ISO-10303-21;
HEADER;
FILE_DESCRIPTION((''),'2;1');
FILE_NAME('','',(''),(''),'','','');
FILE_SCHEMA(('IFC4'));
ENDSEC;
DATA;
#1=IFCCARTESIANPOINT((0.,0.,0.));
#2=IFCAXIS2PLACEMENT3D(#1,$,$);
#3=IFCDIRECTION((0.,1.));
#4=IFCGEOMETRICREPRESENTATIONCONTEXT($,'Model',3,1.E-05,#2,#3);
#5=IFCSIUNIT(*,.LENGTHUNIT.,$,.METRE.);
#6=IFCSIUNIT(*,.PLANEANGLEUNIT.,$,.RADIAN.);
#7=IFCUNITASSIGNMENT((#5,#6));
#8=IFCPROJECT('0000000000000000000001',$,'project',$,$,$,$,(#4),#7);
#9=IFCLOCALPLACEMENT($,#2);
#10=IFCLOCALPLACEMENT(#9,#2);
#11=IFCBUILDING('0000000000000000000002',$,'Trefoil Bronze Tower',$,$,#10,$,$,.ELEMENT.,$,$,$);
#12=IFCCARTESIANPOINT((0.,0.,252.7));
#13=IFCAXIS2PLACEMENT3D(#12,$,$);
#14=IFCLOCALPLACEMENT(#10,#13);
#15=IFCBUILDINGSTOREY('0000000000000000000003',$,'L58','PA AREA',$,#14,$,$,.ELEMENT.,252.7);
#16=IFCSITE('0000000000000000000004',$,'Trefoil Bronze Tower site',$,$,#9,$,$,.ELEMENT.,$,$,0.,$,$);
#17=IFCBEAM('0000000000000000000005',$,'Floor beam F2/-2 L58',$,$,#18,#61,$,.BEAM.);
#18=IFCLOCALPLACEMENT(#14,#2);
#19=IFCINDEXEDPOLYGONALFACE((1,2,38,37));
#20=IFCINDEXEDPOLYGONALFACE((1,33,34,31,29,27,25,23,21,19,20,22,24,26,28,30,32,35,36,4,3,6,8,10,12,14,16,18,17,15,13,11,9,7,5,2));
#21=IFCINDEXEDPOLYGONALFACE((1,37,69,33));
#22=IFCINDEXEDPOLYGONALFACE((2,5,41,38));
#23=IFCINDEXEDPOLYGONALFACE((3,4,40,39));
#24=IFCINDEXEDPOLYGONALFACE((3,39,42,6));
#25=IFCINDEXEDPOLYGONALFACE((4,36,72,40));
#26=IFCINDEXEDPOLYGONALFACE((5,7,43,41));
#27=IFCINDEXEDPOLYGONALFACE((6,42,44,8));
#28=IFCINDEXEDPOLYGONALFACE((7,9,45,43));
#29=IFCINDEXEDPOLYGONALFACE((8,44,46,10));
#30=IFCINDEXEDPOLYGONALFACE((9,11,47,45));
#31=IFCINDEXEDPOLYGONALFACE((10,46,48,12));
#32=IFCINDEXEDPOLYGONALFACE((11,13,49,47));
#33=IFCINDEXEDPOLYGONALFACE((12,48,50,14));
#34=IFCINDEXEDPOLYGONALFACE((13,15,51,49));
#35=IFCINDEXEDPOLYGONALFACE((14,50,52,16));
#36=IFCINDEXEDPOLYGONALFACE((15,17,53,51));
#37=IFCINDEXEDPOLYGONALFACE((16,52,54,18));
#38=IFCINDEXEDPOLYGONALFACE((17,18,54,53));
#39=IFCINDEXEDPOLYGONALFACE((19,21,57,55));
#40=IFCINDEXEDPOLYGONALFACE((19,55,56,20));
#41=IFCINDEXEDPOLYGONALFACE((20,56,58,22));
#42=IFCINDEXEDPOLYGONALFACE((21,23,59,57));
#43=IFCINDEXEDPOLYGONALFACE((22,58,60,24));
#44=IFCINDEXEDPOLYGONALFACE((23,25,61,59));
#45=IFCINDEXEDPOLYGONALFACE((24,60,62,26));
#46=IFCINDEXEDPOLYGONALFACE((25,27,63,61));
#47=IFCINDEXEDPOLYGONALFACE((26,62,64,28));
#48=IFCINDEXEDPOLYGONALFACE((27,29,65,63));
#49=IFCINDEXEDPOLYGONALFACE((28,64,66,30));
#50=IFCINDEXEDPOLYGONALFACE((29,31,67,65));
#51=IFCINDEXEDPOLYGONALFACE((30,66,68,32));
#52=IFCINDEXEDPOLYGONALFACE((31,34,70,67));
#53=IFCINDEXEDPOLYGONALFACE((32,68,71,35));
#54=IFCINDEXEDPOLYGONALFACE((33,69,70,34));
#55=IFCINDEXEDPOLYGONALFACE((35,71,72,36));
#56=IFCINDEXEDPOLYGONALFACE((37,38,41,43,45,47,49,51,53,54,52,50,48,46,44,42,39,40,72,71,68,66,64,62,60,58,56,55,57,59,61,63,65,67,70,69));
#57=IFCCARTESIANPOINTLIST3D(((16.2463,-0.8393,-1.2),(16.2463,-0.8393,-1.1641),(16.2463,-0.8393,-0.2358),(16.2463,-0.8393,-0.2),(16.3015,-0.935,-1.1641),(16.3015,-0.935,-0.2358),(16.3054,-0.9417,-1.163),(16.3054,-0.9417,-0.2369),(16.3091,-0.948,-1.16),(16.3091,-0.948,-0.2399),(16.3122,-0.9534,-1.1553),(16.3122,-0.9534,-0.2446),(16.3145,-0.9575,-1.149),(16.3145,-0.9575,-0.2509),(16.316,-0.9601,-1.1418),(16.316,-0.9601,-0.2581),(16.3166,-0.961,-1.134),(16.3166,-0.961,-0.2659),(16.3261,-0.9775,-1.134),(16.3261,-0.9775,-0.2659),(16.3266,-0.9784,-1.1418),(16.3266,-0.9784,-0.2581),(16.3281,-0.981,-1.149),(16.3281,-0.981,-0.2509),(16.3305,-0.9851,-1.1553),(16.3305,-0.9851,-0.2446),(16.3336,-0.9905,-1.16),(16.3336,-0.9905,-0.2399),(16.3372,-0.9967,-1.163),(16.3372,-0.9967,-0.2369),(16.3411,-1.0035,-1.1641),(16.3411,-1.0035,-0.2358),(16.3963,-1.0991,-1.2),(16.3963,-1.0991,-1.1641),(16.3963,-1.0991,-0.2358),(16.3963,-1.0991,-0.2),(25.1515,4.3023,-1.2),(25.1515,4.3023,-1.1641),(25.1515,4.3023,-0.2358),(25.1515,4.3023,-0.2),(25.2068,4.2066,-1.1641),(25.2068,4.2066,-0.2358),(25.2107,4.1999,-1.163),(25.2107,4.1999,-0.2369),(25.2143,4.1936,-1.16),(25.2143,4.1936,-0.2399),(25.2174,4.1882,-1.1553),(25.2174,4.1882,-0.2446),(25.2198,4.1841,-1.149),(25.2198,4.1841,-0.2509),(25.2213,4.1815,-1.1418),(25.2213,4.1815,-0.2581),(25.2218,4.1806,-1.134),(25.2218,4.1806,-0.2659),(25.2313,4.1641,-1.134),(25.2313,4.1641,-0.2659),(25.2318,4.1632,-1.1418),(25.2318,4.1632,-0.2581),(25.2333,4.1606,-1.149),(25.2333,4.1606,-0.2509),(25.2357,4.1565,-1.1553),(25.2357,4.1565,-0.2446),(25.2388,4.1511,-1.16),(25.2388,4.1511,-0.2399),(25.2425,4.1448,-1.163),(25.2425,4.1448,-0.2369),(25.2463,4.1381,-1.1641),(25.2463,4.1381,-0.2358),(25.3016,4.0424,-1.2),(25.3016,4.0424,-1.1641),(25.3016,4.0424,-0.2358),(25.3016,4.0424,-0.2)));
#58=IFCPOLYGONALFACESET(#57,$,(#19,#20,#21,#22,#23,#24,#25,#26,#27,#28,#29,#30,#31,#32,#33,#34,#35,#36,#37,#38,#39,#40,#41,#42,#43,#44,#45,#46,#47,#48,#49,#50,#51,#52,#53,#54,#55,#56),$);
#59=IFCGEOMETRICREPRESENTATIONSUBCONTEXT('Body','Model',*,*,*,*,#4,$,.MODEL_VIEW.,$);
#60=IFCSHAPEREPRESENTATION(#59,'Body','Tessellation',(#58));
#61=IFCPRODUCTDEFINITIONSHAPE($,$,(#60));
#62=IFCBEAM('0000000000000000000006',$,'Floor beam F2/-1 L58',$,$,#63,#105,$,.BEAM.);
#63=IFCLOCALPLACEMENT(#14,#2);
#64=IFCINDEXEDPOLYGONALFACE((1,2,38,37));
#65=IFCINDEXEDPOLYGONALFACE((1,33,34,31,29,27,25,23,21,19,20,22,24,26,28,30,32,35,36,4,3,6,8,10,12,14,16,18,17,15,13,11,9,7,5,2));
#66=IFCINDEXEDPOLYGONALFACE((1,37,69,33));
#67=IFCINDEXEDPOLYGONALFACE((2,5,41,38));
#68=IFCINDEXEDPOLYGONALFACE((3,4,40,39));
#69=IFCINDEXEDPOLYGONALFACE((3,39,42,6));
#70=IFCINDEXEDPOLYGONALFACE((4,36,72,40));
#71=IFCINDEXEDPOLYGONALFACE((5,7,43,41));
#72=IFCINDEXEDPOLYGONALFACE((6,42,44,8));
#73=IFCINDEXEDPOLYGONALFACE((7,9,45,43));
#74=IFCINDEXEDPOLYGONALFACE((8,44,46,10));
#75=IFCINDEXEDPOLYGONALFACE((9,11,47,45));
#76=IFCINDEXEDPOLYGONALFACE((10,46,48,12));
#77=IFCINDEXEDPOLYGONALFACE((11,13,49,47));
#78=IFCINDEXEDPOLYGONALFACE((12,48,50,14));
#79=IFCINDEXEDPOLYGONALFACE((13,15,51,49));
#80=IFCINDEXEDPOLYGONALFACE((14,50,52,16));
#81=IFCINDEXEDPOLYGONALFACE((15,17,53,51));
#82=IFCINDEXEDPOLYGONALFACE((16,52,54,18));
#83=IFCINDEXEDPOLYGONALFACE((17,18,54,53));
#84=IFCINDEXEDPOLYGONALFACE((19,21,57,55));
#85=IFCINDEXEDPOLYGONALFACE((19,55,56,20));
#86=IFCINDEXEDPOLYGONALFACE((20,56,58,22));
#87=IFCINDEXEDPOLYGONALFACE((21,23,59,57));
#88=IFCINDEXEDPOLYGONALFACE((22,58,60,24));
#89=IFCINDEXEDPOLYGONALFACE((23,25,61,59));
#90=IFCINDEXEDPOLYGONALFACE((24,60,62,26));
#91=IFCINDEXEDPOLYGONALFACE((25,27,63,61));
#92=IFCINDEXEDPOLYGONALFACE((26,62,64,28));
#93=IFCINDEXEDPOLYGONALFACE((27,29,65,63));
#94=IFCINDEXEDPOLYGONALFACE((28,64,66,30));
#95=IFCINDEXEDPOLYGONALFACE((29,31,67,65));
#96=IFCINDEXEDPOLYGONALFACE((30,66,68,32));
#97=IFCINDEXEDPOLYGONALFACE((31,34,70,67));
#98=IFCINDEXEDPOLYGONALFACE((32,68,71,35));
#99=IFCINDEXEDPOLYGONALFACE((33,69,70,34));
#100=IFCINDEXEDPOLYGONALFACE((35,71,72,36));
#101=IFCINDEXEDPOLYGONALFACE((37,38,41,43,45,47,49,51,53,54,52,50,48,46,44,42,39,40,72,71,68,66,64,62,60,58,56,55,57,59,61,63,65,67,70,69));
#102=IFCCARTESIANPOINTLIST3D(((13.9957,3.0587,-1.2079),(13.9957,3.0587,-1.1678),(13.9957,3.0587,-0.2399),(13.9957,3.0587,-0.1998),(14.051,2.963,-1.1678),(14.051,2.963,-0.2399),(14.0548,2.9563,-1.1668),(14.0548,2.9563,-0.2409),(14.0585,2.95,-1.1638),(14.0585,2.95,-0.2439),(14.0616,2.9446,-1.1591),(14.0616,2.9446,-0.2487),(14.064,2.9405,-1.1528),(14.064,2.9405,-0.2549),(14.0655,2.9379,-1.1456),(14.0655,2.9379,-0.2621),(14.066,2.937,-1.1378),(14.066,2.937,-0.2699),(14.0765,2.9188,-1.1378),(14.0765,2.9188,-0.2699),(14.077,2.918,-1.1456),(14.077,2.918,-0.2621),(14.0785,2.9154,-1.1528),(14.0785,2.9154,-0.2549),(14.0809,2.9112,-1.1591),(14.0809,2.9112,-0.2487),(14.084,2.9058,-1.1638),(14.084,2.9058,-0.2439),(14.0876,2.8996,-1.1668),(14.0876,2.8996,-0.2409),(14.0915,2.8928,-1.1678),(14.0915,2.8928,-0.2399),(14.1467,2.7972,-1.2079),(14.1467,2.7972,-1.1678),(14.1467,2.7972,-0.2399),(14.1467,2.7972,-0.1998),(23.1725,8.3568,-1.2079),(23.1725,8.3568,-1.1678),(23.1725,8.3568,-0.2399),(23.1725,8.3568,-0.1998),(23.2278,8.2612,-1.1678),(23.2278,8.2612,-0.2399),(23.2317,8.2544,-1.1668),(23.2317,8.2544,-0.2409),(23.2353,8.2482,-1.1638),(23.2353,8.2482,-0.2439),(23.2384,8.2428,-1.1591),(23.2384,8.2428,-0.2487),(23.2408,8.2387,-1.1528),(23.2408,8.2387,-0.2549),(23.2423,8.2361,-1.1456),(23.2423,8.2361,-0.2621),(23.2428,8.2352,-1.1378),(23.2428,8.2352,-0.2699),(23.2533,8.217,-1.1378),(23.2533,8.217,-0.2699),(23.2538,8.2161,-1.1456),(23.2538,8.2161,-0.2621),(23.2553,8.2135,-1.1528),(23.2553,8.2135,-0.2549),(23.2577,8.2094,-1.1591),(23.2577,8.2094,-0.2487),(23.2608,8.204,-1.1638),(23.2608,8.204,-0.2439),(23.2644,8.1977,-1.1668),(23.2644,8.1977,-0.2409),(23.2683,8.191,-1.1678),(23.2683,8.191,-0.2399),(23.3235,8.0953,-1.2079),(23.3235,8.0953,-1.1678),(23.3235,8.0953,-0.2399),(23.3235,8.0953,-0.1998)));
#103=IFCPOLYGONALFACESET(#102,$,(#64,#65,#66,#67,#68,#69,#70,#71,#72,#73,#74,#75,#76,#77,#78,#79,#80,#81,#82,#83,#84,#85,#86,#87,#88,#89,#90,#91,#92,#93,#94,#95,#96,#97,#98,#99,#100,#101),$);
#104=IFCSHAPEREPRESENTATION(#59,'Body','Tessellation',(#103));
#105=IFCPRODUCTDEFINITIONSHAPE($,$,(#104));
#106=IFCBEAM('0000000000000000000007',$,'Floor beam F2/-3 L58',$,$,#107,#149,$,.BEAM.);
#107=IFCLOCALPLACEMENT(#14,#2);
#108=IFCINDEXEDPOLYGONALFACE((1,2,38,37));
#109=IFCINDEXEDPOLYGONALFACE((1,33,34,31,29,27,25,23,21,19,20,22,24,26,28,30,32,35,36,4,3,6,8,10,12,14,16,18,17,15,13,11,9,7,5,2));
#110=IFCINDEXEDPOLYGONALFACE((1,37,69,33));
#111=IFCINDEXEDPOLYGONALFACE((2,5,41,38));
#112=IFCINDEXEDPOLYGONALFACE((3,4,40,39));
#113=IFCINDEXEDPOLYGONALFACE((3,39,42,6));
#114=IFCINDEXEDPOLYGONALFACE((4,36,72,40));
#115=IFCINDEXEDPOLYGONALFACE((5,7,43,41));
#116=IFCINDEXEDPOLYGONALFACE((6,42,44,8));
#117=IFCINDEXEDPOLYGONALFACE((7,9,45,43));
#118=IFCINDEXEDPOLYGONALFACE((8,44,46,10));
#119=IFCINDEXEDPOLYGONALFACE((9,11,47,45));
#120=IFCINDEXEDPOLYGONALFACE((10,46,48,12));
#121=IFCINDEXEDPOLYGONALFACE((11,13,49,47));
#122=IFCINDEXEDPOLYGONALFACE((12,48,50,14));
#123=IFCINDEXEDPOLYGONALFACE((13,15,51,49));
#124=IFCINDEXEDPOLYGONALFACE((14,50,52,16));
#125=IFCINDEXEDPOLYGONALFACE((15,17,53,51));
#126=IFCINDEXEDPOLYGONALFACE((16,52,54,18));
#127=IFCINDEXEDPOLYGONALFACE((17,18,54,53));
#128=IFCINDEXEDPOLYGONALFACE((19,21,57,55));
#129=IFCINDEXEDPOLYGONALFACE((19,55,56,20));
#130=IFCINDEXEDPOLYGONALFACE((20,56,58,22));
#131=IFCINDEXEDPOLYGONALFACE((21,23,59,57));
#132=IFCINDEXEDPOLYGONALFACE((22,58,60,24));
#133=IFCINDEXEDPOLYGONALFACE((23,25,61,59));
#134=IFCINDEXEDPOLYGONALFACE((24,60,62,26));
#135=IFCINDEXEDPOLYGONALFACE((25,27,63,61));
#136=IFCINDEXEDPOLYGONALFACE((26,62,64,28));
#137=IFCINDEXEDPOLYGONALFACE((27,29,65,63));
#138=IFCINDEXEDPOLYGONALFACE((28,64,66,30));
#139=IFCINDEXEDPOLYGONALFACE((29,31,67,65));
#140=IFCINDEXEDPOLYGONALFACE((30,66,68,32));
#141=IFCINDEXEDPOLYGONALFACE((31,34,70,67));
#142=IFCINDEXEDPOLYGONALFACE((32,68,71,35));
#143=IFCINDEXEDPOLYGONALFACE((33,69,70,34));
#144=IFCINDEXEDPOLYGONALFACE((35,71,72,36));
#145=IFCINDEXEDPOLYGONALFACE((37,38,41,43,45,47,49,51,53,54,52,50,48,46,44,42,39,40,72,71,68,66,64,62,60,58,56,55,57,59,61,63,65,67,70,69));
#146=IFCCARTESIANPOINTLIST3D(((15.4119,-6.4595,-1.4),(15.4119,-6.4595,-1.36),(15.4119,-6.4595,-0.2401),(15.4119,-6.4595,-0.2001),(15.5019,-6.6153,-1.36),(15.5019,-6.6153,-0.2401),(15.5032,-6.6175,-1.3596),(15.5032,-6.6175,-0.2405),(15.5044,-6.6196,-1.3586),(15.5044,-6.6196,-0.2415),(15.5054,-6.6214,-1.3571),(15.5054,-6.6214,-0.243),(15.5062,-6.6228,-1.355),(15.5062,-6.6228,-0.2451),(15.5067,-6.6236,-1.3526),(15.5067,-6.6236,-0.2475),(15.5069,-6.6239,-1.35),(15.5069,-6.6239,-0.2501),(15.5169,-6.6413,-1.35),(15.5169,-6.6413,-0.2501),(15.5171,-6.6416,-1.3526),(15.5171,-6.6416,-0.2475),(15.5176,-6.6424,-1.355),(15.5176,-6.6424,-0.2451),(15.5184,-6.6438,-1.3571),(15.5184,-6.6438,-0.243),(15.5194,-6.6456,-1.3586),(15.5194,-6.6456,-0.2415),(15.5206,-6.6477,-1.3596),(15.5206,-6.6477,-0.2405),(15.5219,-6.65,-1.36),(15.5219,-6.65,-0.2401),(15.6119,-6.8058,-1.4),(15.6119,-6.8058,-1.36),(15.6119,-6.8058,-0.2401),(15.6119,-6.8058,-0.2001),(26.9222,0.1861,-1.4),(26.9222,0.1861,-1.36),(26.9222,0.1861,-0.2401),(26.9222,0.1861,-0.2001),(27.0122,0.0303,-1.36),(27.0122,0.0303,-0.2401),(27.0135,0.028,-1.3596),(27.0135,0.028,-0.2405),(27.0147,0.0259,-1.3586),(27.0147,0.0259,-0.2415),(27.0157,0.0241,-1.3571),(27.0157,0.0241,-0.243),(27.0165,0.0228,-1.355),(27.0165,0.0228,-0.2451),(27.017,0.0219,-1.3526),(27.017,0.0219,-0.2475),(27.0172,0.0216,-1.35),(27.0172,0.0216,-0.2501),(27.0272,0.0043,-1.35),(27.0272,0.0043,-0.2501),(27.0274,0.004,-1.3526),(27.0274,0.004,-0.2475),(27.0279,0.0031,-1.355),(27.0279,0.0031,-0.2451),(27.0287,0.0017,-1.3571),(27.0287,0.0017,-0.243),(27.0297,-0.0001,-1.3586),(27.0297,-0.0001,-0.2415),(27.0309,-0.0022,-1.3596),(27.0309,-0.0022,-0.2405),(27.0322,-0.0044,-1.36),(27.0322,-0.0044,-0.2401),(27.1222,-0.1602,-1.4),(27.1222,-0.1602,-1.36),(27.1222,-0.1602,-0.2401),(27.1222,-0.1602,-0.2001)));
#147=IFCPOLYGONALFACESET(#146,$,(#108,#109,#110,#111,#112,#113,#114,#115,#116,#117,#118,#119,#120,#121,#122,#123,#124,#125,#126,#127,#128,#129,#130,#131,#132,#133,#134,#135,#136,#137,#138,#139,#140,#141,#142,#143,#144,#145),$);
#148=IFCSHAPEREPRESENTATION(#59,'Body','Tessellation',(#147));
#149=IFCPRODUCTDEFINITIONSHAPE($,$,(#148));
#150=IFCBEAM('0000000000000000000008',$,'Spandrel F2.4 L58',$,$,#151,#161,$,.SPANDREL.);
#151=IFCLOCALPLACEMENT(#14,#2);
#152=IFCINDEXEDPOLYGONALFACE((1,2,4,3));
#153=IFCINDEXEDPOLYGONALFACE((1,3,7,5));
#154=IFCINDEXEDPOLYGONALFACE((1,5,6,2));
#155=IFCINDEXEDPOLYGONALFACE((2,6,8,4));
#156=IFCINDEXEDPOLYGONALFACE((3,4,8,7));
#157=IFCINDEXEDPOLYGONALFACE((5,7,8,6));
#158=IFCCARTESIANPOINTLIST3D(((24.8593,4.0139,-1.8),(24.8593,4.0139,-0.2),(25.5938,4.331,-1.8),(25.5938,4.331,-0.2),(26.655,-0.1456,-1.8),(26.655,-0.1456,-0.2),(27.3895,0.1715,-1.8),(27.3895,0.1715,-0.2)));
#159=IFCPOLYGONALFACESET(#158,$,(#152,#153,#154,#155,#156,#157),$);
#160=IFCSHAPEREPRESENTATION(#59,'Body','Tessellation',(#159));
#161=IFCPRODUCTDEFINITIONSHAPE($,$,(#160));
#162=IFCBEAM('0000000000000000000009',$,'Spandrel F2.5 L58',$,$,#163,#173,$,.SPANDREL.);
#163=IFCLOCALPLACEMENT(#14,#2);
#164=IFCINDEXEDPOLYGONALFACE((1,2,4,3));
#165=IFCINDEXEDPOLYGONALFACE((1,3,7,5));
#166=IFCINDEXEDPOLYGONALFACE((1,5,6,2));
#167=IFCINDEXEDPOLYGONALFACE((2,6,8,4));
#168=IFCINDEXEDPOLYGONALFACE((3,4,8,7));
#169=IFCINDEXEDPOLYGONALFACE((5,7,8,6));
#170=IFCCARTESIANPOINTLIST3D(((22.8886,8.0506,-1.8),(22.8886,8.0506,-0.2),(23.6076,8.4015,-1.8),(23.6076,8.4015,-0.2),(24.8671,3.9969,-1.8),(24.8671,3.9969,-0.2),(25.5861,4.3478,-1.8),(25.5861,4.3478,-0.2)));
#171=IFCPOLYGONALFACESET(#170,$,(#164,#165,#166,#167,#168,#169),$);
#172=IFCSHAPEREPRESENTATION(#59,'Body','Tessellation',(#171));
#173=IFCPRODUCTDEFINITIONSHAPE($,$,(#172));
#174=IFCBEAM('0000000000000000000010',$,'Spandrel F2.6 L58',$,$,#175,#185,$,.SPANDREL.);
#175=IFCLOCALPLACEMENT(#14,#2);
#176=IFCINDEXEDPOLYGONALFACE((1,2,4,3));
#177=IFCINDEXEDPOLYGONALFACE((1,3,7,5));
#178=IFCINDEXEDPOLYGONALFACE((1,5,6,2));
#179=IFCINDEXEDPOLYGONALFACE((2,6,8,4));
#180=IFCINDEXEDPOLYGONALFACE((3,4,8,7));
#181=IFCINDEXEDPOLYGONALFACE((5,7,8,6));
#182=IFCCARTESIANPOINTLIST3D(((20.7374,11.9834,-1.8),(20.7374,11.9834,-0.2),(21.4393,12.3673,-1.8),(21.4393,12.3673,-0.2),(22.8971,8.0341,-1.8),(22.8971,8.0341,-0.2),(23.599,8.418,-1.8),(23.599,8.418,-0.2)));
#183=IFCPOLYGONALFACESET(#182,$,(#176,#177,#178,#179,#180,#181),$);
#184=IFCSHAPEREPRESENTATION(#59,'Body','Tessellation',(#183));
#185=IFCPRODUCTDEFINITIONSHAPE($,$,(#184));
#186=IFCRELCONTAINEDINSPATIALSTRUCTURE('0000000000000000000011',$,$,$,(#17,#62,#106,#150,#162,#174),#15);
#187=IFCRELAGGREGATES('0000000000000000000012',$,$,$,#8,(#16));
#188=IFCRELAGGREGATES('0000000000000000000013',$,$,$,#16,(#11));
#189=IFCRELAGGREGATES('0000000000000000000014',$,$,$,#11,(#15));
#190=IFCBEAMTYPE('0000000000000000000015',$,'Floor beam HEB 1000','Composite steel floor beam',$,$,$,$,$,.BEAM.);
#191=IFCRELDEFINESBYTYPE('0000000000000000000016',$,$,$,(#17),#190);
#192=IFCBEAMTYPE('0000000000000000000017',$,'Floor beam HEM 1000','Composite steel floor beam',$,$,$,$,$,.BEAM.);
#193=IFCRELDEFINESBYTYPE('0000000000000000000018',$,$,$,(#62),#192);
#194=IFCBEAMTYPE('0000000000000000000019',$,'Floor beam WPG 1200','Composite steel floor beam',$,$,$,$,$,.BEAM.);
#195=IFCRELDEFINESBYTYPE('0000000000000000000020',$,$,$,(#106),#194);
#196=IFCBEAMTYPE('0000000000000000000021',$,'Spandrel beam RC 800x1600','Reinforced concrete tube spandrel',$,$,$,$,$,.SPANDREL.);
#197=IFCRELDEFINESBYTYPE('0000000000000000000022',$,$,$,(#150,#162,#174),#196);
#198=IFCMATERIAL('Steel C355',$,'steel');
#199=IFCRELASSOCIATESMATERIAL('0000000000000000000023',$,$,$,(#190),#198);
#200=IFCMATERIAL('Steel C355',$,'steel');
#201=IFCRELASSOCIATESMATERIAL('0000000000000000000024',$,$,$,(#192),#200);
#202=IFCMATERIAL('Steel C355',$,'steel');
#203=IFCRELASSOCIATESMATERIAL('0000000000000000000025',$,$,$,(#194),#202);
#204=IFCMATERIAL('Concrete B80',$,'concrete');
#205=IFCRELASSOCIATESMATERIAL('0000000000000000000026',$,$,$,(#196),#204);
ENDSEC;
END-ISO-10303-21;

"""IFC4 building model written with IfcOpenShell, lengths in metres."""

from ifc_helpers import new_model, si_unit, direction, frame, origin, origin_2d, place, context, subcontext, project, spatial, rectangle, i_section, extrude, material, material_profile, profile_set, type_object, element, save


model = new_model("IFC4")

# Units and contexts
model_context = context("Model", 3, precision=1e-05, world=origin(), true_north=direction((0.0, 1.0)))
body_context = subcontext(model_context, "Body", "Model", "MODEL_VIEW")
ifc_project = project(units=[si_unit("LENGTHUNIT", "METRE"), si_unit("PLANEANGLEUNIT", "RADIAN")], contexts=[model_context])

# Site, building, storey
site_placement = place(None, origin())
site = spatial("IfcSite", under=ifc_project, at=site_placement, Name="Trefoil Bronze Tower site", CompositionType="ELEMENT", RefElevation=0.0)
building_placement = place(site_placement, origin())
building = spatial("IfcBuilding", under=site, at=building_placement, Name="Trefoil Bronze Tower", CompositionType="ELEMENT")
storey_placement = place(building_placement, frame((0.0, 0.0, 252.7)))
storey = spatial("IfcBuildingStorey", under=building, at=storey_placement, Name="L58", Description="PA AREA", CompositionType="ELEMENT", Elevation=252.7)

# Beams
ifc_material_1 = material(Name="Steel C355", Category="steel")
ifc_material_profile_1 = material_profile(ifc_material_1, i_section(OverallWidth=0.3, OverallDepth=1.0, WebThickness=0.019, FlangeThickness=0.0359, FilletRadius=0.03, at=origin_2d()), Name="HEB 1000")
ifc_profile_set_1 = profile_set([ifc_material_profile_1], Name="Steel C355")
beam_type_1 = type_object("IfcBeamType", Name="Floor beam HEB 1000", Description="Composite steel floor beam", PredefinedType="BEAM", material=ifc_profile_set_1)
beam_1_placement = place(storey_placement, frame((25.2266, 4.1724, -0.7), z_axis=(-0.86602, -0.50001, 0.0), x_axis=(0.50001, -0.86602, 0.0)))
element("IfcBeam", 1, at=beam_1_placement, inside=storey, type_object=beam_type_1, Name="Floor beam F2/-2 L58", PredefinedType="BEAM", context=body_context, shape_type="SweptSolid", body=[
    extrude(i_section(OverallWidth=0.3, OverallDepth=1.0, WebThickness=0.019, FlangeThickness=0.0359, FilletRadius=0.03, at=origin_2d()), origin(), (0.0, 0.0, 1.0), 10.283),
])
ifc_material_2 = material(Name="Steel C355", Category="steel")
ifc_material_profile_2 = material_profile(ifc_material_2, i_section(OverallWidth=0.302, OverallDepth=1.0081, WebThickness=0.021, FlangeThickness=0.04, FilletRadius=0.03, at=origin_2d()), Name="HEM 1000")
ifc_profile_set_2 = profile_set([ifc_material_profile_2], Name="Steel C355")
beam_type_2 = type_object("IfcBeamType", Name="Floor beam HEM 1000", Description="Composite steel floor beam", PredefinedType="BEAM", material=ifc_profile_set_2)
beam_2_placement = place(storey_placement, frame((23.248, 8.2261, -0.7039), z_axis=(-0.86603, -0.499992, 0.0), x_axis=(0.499992, -0.86603, 0.0)))
element("IfcBeam", 2, at=beam_2_placement, inside=storey, type_object=beam_type_2, Name="Floor beam F2/-1 L58", PredefinedType="BEAM", context=body_context, shape_type="SweptSolid", body=[
    extrude(i_section(OverallWidth=0.302, OverallDepth=1.0081, WebThickness=0.021, FlangeThickness=0.04, FilletRadius=0.03, at=origin_2d()), origin(), (0.0, 0.0, 1.0), 10.5964),
])
ifc_material_3 = material(Name="Steel C355", Category="steel")
ifc_material_profile_3 = material_profile(ifc_material_3, i_section(OverallWidth=0.3999, OverallDepth=1.2, WebThickness=0.02, FlangeThickness=0.04, FilletRadius=0.01, at=origin_2d()), Name="WPG 1200")
ifc_profile_set_3 = profile_set([ifc_material_profile_3], Name="Steel C355")
beam_type_3 = type_object("IfcBeamType", Name="Floor beam WPG 1200", Description="Composite steel floor beam", PredefinedType="BEAM", material=ifc_profile_set_3)
beam_3_placement = place(storey_placement, frame((27.0222, 0.0129, -0.8), z_axis=(-0.866023, -0.500003, 0.0), x_axis=(0.500003, -0.866023, 0.0)))
element("IfcBeam", 3, at=beam_3_placement, inside=storey, type_object=beam_type_3, Name="Floor beam F2/-3 L58", PredefinedType="BEAM", context=body_context, shape_type="SweptSolid", body=[
    extrude(i_section(OverallWidth=0.3999, OverallDepth=1.2, WebThickness=0.02, FlangeThickness=0.04, FilletRadius=0.01, at=origin_2d()), origin(), (0.0, 0.0, 1.0), 13.291),
])
ifc_material_4 = material(Name="Concrete B80", Category="concrete")
ifc_material_profile_4 = material_profile(ifc_material_4, rectangle(XDim=0.8, YDim=1.6001, at=origin_2d()), Name="RC 800x1600")
ifc_profile_set_4 = profile_set([ifc_material_profile_4], Name="Concrete B80")
beam_type_4 = type_object("IfcBeamType", Name="Spandrel beam RC 800x1600", Description="Reinforced concrete tube spandrel", PredefinedType="SPANDREL", material=ifc_profile_set_4)
beam_4_placement = place(storey_placement, frame((27.0222, 0.0129, -1.0), z_axis=(-0.39635, 0.918099, 0.0), x_axis=(-0.918099, -0.39635, 0.0)))
element("IfcBeam", 4, at=beam_4_placement, inside=storey, type_object=beam_type_4, Name="Spandrel F2.4 L58", PredefinedType="SPANDREL", context=body_context, shape_type="SweptSolid", body=[
    extrude(rectangle(XDim=0.8, YDim=1.6001, at=origin_2d()), origin(), (0.0, 0.0, 1.0), 4.5305),
])
beam_5_placement = place(storey_placement, frame((25.2266, 4.1724, -1.0), z_axis=(-0.43862, 0.898673, 0.0), x_axis=(-0.898673, -0.43862, 0.0)))
element("IfcBeam", 5, at=beam_5_placement, inside=storey, type_object=beam_type_4, Name="Spandrel F2.5 L58", PredefinedType="SPANDREL", context=body_context, shape_type="SweptSolid", body=[
    extrude(rectangle(XDim=0.8, YDim=1.6001, at=origin_2d()), origin(), (0.0, 0.0, 1.0), 4.5107),
])
beam_6_placement = place(storey_placement, frame((23.248, 8.2261, -1.0), z_axis=(-0.479802, 0.877377, 0.0), x_axis=(-0.877377, -0.479802, 0.0)))
element("IfcBeam", 6, at=beam_6_placement, inside=storey, type_object=beam_type_4, Name="Spandrel F2.6 L58", PredefinedType="SPANDREL", context=body_context, shape_type="SweptSolid", body=[
    extrude(rectangle(XDim=0.8, YDim=1.6001, at=origin_2d()), origin(), (0.0, 0.0, 1.0), 4.5012),
])

save(model, "model.ifc")
